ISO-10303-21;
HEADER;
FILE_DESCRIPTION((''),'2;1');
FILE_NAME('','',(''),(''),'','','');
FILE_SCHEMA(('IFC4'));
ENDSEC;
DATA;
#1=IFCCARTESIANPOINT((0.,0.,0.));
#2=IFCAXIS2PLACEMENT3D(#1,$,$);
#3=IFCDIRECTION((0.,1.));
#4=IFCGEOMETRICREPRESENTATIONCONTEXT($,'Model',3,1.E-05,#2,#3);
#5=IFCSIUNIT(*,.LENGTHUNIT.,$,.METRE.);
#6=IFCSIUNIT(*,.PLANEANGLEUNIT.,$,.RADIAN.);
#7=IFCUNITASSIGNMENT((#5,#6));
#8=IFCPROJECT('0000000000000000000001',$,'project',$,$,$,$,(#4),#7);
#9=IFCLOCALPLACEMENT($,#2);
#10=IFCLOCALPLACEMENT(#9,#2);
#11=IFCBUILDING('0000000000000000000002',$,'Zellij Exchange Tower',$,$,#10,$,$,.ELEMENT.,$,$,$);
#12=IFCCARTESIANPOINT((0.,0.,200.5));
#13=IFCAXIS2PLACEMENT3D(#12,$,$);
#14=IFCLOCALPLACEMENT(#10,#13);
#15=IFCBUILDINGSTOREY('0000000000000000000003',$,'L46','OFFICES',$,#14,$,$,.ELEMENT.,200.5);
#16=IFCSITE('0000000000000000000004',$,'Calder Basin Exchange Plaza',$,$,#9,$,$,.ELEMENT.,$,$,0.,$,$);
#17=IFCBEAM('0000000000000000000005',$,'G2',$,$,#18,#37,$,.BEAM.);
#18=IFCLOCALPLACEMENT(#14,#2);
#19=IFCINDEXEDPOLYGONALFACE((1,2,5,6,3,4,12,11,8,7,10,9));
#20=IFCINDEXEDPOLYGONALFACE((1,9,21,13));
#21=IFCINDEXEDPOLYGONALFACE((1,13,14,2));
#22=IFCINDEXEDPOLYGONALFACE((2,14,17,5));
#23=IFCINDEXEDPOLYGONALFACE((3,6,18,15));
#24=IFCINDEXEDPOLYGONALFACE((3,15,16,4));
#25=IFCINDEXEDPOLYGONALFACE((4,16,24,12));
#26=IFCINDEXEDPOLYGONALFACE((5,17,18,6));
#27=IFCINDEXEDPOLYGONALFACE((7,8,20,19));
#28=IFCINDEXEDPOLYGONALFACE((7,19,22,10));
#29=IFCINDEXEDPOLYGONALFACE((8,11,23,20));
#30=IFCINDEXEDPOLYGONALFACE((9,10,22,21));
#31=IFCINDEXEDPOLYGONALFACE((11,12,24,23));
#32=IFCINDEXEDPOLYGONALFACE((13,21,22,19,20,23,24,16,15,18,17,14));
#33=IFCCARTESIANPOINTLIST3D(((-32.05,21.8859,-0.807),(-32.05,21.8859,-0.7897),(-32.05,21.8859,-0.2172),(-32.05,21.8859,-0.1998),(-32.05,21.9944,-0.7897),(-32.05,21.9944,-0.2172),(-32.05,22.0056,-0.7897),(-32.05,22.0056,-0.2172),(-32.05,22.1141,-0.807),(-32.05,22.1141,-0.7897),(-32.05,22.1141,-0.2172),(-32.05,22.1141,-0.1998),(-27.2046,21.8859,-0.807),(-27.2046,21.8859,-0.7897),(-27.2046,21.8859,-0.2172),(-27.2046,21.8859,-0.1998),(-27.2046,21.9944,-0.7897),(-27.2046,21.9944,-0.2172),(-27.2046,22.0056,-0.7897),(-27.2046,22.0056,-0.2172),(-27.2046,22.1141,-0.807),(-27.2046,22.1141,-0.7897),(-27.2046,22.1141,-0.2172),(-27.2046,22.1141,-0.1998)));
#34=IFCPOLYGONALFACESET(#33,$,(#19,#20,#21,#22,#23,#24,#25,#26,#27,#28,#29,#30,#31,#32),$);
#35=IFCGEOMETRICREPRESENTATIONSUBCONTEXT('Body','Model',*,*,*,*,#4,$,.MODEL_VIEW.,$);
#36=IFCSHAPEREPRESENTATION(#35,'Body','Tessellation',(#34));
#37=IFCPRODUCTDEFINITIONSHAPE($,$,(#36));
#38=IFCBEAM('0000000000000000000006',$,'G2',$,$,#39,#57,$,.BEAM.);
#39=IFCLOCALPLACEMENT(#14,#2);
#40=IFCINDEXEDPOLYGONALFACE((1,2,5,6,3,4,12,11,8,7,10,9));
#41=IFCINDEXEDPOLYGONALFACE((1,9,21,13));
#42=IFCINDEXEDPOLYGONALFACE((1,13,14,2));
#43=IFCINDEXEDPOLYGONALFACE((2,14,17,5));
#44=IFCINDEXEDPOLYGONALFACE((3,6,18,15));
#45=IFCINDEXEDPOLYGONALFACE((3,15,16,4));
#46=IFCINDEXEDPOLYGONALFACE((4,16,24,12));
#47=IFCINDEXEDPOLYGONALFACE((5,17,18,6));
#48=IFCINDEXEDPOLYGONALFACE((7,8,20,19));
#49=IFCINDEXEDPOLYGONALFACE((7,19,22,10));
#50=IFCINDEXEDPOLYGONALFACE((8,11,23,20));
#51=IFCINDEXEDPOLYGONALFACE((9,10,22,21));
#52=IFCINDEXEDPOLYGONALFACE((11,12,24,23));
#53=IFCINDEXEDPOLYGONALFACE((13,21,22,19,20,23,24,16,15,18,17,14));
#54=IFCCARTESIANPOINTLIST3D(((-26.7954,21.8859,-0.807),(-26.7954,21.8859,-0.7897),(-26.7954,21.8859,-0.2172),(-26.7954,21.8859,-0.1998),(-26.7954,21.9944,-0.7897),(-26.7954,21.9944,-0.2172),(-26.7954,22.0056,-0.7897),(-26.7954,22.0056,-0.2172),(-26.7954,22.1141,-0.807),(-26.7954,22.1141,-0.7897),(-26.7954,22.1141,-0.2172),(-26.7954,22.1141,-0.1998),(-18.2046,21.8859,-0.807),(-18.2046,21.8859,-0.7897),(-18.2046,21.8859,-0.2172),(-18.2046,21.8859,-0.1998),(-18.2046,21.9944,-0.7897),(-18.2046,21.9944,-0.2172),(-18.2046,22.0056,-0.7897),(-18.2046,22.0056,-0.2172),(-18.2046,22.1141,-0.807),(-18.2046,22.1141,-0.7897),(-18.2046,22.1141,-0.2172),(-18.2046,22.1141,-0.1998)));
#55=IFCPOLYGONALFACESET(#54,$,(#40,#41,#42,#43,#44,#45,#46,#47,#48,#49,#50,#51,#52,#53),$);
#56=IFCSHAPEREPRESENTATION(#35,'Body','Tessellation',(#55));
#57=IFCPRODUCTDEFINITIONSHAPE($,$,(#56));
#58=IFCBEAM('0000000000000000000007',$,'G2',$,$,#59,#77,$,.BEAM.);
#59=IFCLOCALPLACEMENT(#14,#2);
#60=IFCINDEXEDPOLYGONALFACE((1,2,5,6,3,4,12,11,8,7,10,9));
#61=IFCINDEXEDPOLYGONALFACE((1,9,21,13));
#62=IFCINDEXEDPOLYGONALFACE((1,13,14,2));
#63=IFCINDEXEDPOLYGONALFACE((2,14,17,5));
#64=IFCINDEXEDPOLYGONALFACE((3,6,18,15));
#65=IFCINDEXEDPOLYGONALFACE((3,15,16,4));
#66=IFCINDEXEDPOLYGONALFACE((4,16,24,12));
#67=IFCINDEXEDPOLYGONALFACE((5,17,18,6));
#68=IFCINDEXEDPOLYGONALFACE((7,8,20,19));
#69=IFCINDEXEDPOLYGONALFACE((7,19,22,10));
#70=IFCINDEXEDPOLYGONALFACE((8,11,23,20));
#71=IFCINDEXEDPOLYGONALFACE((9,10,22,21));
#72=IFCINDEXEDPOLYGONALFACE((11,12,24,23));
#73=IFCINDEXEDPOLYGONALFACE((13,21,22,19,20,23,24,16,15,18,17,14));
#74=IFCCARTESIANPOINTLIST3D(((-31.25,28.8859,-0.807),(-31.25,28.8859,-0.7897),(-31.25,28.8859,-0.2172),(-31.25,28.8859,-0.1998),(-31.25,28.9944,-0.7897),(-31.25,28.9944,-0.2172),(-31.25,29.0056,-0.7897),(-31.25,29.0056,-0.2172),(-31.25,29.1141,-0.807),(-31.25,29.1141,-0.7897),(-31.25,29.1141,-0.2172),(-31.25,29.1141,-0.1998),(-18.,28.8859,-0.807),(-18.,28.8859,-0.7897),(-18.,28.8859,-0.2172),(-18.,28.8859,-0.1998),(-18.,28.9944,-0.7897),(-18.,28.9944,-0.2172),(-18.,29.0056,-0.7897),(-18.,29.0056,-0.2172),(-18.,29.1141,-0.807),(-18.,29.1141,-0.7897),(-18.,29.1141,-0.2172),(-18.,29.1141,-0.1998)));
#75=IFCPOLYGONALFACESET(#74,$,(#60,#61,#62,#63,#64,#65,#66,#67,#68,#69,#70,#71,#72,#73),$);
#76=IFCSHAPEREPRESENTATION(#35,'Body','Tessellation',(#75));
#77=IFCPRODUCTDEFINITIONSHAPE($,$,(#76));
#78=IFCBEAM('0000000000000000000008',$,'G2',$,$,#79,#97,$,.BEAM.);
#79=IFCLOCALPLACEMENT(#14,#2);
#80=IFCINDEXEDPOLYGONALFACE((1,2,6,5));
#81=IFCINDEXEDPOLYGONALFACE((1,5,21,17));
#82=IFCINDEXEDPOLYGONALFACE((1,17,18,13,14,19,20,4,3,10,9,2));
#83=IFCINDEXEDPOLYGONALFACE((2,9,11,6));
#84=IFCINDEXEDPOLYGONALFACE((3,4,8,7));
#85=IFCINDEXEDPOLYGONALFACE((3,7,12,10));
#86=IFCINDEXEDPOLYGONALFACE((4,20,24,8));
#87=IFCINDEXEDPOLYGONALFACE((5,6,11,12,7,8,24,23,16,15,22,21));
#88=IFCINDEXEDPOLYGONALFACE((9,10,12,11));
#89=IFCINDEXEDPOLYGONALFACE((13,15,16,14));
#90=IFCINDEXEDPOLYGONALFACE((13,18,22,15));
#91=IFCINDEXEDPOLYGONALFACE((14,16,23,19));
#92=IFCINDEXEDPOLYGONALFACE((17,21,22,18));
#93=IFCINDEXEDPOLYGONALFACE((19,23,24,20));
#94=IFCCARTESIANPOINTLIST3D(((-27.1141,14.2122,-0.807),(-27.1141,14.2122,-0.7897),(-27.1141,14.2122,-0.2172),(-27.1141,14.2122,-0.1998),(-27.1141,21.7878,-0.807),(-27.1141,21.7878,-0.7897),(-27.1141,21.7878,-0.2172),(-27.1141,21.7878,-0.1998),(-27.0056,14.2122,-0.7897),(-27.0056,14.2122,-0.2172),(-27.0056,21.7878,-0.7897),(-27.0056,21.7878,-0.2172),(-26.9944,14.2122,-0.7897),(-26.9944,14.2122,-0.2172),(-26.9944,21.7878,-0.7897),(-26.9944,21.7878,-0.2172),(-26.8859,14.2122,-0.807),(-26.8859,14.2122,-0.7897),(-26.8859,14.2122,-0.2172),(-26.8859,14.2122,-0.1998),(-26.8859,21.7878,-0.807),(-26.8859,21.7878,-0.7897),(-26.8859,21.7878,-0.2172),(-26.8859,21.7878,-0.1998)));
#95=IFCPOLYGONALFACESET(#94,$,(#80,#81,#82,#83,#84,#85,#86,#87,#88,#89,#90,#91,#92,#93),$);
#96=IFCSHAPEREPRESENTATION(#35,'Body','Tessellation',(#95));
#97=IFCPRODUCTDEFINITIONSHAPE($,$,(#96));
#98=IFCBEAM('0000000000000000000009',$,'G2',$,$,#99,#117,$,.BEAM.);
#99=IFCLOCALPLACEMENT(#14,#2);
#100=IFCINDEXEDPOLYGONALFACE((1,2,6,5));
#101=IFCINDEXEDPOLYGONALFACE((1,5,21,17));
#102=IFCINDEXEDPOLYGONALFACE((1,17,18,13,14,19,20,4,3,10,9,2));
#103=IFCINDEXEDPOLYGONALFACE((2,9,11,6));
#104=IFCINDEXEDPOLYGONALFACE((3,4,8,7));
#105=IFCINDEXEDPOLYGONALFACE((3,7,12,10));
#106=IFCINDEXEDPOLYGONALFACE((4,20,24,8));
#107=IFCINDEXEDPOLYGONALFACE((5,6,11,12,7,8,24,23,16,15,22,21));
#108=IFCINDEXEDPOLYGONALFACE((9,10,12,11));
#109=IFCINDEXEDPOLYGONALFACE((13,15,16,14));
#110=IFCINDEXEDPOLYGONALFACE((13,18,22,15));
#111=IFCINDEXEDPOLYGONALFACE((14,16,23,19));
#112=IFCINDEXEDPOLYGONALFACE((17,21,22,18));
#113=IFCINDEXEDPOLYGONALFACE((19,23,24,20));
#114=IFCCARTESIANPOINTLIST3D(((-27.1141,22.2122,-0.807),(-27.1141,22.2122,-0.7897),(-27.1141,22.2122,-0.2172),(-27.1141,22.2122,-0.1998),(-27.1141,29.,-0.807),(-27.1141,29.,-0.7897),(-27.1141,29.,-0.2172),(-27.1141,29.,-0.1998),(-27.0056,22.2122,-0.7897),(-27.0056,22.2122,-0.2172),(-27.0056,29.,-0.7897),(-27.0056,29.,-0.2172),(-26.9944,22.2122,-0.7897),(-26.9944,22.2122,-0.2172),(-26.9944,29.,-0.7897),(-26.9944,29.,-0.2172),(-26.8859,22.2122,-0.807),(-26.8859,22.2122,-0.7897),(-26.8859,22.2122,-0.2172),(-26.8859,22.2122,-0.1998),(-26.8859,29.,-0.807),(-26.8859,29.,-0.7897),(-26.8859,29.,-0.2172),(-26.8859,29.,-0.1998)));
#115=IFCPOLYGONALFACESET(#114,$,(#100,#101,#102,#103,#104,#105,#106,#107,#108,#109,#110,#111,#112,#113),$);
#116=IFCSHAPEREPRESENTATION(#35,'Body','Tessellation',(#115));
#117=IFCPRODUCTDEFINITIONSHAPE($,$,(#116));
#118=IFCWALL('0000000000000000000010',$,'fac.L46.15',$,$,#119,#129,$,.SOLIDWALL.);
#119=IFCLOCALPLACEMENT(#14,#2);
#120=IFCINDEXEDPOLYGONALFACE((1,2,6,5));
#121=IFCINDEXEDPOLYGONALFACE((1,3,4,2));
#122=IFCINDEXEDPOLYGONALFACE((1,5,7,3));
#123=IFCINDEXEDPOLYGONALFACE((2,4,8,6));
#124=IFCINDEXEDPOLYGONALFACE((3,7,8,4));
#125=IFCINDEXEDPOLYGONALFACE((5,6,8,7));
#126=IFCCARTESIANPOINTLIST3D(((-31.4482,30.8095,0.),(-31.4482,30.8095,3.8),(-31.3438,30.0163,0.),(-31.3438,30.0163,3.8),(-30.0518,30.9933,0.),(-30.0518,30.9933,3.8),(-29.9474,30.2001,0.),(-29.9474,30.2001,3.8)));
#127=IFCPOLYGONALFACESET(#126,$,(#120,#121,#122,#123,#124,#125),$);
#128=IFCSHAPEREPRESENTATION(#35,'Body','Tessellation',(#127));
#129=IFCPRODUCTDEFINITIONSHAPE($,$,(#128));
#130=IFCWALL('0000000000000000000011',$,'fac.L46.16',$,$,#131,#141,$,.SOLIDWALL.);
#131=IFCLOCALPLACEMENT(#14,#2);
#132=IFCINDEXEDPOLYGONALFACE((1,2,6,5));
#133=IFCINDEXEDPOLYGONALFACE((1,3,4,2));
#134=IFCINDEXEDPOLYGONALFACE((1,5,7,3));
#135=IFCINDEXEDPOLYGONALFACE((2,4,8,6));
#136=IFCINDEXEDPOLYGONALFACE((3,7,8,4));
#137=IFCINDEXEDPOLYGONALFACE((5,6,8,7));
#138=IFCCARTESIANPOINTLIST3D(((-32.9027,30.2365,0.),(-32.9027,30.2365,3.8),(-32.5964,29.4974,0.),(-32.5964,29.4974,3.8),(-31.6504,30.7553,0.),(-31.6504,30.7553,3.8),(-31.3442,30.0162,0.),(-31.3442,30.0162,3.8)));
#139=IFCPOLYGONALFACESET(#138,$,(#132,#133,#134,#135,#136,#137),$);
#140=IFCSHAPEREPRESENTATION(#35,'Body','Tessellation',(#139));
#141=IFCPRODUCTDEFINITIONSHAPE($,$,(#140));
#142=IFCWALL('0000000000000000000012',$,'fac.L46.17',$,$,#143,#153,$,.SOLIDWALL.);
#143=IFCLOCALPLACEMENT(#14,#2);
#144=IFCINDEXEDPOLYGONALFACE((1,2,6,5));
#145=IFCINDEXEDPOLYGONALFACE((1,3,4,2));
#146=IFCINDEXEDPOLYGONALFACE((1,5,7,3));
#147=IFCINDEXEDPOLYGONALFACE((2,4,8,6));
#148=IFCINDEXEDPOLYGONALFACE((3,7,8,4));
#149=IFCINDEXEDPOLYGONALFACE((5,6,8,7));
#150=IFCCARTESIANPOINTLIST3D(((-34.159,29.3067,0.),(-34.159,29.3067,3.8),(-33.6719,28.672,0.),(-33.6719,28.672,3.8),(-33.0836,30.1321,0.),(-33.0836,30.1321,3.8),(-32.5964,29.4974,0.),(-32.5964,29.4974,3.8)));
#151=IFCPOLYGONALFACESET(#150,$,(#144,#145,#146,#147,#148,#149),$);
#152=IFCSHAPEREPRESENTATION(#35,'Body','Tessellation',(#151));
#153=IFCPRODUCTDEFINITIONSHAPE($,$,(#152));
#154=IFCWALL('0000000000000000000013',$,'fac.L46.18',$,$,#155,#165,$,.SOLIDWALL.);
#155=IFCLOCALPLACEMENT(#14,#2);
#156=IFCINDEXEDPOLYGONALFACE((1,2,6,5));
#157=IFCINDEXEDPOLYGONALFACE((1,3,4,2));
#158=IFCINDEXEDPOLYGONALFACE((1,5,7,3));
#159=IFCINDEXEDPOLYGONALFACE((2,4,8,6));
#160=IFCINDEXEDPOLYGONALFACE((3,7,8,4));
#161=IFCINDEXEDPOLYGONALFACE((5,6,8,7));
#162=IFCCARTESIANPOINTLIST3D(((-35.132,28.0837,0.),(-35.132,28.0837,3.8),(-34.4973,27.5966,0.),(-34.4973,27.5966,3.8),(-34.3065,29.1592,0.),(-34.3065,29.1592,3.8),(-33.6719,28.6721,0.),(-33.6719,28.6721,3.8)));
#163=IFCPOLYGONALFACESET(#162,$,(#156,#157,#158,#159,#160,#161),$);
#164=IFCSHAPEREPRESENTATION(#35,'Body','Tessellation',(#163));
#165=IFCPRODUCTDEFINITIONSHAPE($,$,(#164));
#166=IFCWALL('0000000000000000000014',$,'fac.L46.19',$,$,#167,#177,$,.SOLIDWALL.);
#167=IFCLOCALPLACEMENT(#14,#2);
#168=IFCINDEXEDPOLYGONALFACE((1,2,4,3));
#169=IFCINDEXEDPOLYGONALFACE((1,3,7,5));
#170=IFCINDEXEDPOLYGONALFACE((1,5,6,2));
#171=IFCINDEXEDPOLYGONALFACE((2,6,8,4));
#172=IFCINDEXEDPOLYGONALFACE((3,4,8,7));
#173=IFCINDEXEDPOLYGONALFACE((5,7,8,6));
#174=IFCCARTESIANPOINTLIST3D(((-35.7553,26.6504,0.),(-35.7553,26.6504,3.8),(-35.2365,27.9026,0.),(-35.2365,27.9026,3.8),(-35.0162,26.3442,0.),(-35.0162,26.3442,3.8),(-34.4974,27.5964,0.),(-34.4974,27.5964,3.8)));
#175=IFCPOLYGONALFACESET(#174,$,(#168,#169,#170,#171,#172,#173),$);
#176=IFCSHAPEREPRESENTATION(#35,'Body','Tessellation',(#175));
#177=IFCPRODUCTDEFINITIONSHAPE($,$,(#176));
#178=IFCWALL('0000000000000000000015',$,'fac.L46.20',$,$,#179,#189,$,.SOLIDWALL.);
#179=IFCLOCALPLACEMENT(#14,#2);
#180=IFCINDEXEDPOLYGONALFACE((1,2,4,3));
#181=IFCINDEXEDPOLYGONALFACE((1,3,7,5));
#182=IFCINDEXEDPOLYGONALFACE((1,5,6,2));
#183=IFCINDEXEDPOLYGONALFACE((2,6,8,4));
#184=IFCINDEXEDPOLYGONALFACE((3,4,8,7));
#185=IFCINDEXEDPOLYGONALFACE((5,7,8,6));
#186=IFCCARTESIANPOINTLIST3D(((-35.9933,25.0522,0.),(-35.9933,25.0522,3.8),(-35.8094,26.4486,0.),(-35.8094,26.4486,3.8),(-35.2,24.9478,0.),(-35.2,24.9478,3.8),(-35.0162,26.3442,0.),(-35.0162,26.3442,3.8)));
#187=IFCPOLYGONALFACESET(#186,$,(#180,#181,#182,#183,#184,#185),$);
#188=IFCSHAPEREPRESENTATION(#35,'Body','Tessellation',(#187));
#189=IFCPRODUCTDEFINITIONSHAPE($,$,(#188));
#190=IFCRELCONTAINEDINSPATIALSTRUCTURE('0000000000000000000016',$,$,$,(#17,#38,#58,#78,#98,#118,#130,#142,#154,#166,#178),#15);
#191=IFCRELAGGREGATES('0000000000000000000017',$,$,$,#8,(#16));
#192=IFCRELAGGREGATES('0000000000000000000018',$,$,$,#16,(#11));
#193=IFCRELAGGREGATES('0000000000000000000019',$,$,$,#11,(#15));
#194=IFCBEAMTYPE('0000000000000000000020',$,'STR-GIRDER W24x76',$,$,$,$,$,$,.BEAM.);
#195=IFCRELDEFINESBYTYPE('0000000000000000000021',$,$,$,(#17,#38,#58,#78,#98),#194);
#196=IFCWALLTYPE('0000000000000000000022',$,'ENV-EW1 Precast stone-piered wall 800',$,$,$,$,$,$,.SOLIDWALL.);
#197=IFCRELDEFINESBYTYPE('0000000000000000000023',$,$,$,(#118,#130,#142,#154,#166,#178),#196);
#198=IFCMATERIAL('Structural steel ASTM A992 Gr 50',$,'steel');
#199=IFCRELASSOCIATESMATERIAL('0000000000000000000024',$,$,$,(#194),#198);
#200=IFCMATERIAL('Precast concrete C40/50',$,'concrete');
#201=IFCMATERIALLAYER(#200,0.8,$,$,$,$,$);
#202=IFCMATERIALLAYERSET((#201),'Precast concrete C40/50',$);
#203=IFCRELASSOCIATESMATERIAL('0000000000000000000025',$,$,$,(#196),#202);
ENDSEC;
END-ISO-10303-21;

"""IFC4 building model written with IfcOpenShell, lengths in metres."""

from ifc_helpers import new_model, si_unit, direction, frame, frame_2d, origin, origin_2d, place, context, subcontext, project, spatial, rectangle, i_section, extrude, material, layer, layer_set, material_profile, profile_set, type_object, element, save


model = new_model("IFC4")

# Units and contexts
model_context = context("Model", 3, precision=1e-05, world=origin(), true_north=direction((0.0, 1.0)))
body_context = subcontext(model_context, "Body", "Model", "MODEL_VIEW")
ifc_project = project(units=[si_unit("LENGTHUNIT", "METRE"), si_unit("PLANEANGLEUNIT", "RADIAN")], contexts=[model_context])

# Site, building, storey
site_placement = place(None, origin())
site = spatial("IfcSite", under=ifc_project, at=site_placement, Name="Calder Basin Exchange Plaza", CompositionType="ELEMENT", RefElevation=0.0)
building_placement = place(site_placement, origin())
building = spatial("IfcBuilding", under=site, at=building_placement, Name="Zellij Exchange Tower", CompositionType="ELEMENT")
storey_placement = place(building_placement, frame((0.0, 0.0, 200.5)))
storey = spatial("IfcBuildingStorey", under=building, at=storey_placement, Name="L46", Description="OFFICES", CompositionType="ELEMENT", Elevation=200.5)

# Beams
ifc_material_1 = material(Name="Structural steel ASTM A992 Gr 50", Category="steel")
ifc_material_profile_1 = material_profile(ifc_material_1, i_section(OverallWidth=0.2283, OverallDepth=0.6072, WebThickness=0.0112, FlangeThickness=0.0173, at=origin_2d()), Name="W24x76")
ifc_profile_set_1 = profile_set([ifc_material_profile_1], Name="Structural steel ASTM A992 Gr 50")
beam_type_1 = type_object("IfcBeamType", Name="STR-GIRDER W24x76", PredefinedType="BEAM", material=ifc_profile_set_1)
beam_1_placement = place(storey_placement, frame((-32.05, 22.0, -0.5034), z_axis=(1.0, 0.0, 0.0), x_axis=(0.0, 1.0, 0.0)))
element("IfcBeam", 1, at=beam_1_placement, inside=storey, type_object=beam_type_1, Name="G2", PredefinedType="BEAM", context=body_context, shape_type="SweptSolid", body=[
    extrude(i_section(OverallWidth=0.2283, OverallDepth=0.6072, WebThickness=0.0112, FlangeThickness=0.0173, at=origin_2d()), origin(), (0.0, 0.0, 1.0), 4.8455),
])
beam_2_placement = place(storey_placement, frame((-26.7954, 22.0, -0.5034), z_axis=(1.0, 0.0, 0.0), x_axis=(0.0, 1.0, 0.0)))
element("IfcBeam", 2, at=beam_2_placement, inside=storey, type_object=beam_type_1, Name="G2", PredefinedType="BEAM", context=body_context, shape_type="SweptSolid", body=[
    extrude(i_section(OverallWidth=0.2283, OverallDepth=0.6072, WebThickness=0.0112, FlangeThickness=0.0173, at=origin_2d()), origin(), (0.0, 0.0, 1.0), 8.5908),
])
beam_3_placement = place(storey_placement, frame((-31.25, 29.0, -0.5034), z_axis=(1.0, 0.0, 0.0), x_axis=(0.0, 1.0, 0.0)))
element("IfcBeam", 3, at=beam_3_placement, inside=storey, type_object=beam_type_1, Name="G2", PredefinedType="BEAM", context=body_context, shape_type="SweptSolid", body=[
    extrude(i_section(OverallWidth=0.2283, OverallDepth=0.6072, WebThickness=0.0112, FlangeThickness=0.0173, at=origin_2d()), origin(), (0.0, 0.0, 1.0), 13.25),
])
beam_4_placement = place(storey_placement, frame((-27.0, 14.2122, -0.5034), z_axis=(0.0, 1.0, 0.0), x_axis=(-1.0, 0.0, 0.0)))
element("IfcBeam", 4, at=beam_4_placement, inside=storey, type_object=beam_type_1, Name="G2", PredefinedType="BEAM", context=body_context, shape_type="SweptSolid", body=[
    extrude(i_section(OverallWidth=0.2283, OverallDepth=0.6072, WebThickness=0.0112, FlangeThickness=0.0173, at=origin_2d()), origin(), (0.0, 0.0, 1.0), 7.5757),
])
beam_5_placement = place(storey_placement, frame((-27.0, 22.2122, -0.5034), z_axis=(0.0, 1.0, 0.0), x_axis=(-1.0, 0.0, 0.0)))
element("IfcBeam", 5, at=beam_5_placement, inside=storey, type_object=beam_type_1, Name="G2", PredefinedType="BEAM", context=body_context, shape_type="SweptSolid", body=[
    extrude(i_section(OverallWidth=0.2283, OverallDepth=0.6072, WebThickness=0.0112, FlangeThickness=0.0173, at=origin_2d()), origin(), (0.0, 0.0, 1.0), 6.7878),
])

# Walls
ifc_material_2 = material(Name="Precast concrete C40/50", Category="concrete")
ifc_layer = layer(ifc_material_2, 0.8)
ifc_layer_set = layer_set([ifc_layer], Name="Precast concrete C40/50")
wall_type = type_object("IfcWallType", Name="ENV-EW1 Precast stone-piered wall 800", PredefinedType="SOLIDWALL", material=ifc_layer_set)
wall_1_placement = place(storey_placement, frame((-29.9998, 30.5967, 0.0), z_axis=(0.0, 0.0, 1.0), x_axis=(-0.991446, -0.130517, 0.0)))
element("IfcWall", 6, at=wall_1_placement, inside=storey, type_object=wall_type, Name="fac.L46.15", PredefinedType="SOLIDWALL", context=body_context, shape_type="SweptSolid", body=[
    extrude(rectangle(XDim=1.4084, YDim=0.8, at=frame_2d((0.7041, 0.0))), origin(), (0.0, 0.0, 1.0), 3.8),
])
wall_2_placement = place(storey_placement, frame((-31.4973, 30.3857, 0.0), z_axis=(0.0, 0.0, 1.0), x_axis=(-0.923848, -0.38276, 0.0)))
element("IfcWall", 7, at=wall_2_placement, inside=storey, type_object=wall_type, Name="fac.L46.16", PredefinedType="SOLIDWALL", context=body_context, shape_type="SweptSolid", body=[
    extrude(rectangle(XDim=1.3555, YDim=0.8, at=frame_2d((0.6777, 0.0))), origin(), (0.0, 0.0, 1.0), 3.8),
])
for number, where, z_axis, x_axis, name in (
    (8, (-32.8401, 29.8147, 0.0), (0.0, 0.0, 1.0), (-0.793273, -0.608866, 0.0), "fac.L46.17"),
    (9, (-33.9893, 28.9155, 0.0), (0.0, 0.0, 1.0), (-0.608866, -0.793273, 0.0), "fac.L46.18"),
):
    element("IfcWall", number, at=place(storey_placement, frame(where, z_axis=z_axis, x_axis=x_axis)), inside=storey, type_object=wall_type, Name=name, PredefinedType="SOLIDWALL", context=body_context, shape_type="SweptSolid", body=[
        extrude(rectangle(XDim=1.3557, YDim=0.8, at=frame_2d((0.6777, 0.0))), origin(), (0.0, 0.0, 1.0), 3.8),
    ])
wall_3_placement = place(storey_placement, frame((-34.8669, 27.7495, 0.0), z_axis=(0.0, 0.0, 1.0), x_axis=(-0.38276, -0.923848, 0.0)))
element("IfcWall", 10, at=wall_3_placement, inside=storey, type_object=wall_type, Name="fac.L46.19", PredefinedType="SOLIDWALL", context=body_context, shape_type="SweptSolid", body=[
    extrude(rectangle(XDim=1.3555, YDim=0.8, at=frame_2d((0.6777, 0.0))), origin(), (0.0, 0.0, 1.0), 3.8),
])
wall_4_placement = place(storey_placement, frame((-35.4128, 26.3962, 0.0), z_axis=(0.0, 0.0, 1.0), x_axis=(-0.130517, -0.991446, 0.0)))
element("IfcWall", 11, at=wall_4_placement, inside=storey, type_object=wall_type, Name="fac.L46.20", PredefinedType="SOLIDWALL", context=body_context, shape_type="SweptSolid", body=[
    extrude(rectangle(XDim=1.4084, YDim=0.8, at=frame_2d((0.7041, 0.0))), origin(), (0.0, 0.0, 1.0), 3.8),
])

save(model, "model.ifc")
